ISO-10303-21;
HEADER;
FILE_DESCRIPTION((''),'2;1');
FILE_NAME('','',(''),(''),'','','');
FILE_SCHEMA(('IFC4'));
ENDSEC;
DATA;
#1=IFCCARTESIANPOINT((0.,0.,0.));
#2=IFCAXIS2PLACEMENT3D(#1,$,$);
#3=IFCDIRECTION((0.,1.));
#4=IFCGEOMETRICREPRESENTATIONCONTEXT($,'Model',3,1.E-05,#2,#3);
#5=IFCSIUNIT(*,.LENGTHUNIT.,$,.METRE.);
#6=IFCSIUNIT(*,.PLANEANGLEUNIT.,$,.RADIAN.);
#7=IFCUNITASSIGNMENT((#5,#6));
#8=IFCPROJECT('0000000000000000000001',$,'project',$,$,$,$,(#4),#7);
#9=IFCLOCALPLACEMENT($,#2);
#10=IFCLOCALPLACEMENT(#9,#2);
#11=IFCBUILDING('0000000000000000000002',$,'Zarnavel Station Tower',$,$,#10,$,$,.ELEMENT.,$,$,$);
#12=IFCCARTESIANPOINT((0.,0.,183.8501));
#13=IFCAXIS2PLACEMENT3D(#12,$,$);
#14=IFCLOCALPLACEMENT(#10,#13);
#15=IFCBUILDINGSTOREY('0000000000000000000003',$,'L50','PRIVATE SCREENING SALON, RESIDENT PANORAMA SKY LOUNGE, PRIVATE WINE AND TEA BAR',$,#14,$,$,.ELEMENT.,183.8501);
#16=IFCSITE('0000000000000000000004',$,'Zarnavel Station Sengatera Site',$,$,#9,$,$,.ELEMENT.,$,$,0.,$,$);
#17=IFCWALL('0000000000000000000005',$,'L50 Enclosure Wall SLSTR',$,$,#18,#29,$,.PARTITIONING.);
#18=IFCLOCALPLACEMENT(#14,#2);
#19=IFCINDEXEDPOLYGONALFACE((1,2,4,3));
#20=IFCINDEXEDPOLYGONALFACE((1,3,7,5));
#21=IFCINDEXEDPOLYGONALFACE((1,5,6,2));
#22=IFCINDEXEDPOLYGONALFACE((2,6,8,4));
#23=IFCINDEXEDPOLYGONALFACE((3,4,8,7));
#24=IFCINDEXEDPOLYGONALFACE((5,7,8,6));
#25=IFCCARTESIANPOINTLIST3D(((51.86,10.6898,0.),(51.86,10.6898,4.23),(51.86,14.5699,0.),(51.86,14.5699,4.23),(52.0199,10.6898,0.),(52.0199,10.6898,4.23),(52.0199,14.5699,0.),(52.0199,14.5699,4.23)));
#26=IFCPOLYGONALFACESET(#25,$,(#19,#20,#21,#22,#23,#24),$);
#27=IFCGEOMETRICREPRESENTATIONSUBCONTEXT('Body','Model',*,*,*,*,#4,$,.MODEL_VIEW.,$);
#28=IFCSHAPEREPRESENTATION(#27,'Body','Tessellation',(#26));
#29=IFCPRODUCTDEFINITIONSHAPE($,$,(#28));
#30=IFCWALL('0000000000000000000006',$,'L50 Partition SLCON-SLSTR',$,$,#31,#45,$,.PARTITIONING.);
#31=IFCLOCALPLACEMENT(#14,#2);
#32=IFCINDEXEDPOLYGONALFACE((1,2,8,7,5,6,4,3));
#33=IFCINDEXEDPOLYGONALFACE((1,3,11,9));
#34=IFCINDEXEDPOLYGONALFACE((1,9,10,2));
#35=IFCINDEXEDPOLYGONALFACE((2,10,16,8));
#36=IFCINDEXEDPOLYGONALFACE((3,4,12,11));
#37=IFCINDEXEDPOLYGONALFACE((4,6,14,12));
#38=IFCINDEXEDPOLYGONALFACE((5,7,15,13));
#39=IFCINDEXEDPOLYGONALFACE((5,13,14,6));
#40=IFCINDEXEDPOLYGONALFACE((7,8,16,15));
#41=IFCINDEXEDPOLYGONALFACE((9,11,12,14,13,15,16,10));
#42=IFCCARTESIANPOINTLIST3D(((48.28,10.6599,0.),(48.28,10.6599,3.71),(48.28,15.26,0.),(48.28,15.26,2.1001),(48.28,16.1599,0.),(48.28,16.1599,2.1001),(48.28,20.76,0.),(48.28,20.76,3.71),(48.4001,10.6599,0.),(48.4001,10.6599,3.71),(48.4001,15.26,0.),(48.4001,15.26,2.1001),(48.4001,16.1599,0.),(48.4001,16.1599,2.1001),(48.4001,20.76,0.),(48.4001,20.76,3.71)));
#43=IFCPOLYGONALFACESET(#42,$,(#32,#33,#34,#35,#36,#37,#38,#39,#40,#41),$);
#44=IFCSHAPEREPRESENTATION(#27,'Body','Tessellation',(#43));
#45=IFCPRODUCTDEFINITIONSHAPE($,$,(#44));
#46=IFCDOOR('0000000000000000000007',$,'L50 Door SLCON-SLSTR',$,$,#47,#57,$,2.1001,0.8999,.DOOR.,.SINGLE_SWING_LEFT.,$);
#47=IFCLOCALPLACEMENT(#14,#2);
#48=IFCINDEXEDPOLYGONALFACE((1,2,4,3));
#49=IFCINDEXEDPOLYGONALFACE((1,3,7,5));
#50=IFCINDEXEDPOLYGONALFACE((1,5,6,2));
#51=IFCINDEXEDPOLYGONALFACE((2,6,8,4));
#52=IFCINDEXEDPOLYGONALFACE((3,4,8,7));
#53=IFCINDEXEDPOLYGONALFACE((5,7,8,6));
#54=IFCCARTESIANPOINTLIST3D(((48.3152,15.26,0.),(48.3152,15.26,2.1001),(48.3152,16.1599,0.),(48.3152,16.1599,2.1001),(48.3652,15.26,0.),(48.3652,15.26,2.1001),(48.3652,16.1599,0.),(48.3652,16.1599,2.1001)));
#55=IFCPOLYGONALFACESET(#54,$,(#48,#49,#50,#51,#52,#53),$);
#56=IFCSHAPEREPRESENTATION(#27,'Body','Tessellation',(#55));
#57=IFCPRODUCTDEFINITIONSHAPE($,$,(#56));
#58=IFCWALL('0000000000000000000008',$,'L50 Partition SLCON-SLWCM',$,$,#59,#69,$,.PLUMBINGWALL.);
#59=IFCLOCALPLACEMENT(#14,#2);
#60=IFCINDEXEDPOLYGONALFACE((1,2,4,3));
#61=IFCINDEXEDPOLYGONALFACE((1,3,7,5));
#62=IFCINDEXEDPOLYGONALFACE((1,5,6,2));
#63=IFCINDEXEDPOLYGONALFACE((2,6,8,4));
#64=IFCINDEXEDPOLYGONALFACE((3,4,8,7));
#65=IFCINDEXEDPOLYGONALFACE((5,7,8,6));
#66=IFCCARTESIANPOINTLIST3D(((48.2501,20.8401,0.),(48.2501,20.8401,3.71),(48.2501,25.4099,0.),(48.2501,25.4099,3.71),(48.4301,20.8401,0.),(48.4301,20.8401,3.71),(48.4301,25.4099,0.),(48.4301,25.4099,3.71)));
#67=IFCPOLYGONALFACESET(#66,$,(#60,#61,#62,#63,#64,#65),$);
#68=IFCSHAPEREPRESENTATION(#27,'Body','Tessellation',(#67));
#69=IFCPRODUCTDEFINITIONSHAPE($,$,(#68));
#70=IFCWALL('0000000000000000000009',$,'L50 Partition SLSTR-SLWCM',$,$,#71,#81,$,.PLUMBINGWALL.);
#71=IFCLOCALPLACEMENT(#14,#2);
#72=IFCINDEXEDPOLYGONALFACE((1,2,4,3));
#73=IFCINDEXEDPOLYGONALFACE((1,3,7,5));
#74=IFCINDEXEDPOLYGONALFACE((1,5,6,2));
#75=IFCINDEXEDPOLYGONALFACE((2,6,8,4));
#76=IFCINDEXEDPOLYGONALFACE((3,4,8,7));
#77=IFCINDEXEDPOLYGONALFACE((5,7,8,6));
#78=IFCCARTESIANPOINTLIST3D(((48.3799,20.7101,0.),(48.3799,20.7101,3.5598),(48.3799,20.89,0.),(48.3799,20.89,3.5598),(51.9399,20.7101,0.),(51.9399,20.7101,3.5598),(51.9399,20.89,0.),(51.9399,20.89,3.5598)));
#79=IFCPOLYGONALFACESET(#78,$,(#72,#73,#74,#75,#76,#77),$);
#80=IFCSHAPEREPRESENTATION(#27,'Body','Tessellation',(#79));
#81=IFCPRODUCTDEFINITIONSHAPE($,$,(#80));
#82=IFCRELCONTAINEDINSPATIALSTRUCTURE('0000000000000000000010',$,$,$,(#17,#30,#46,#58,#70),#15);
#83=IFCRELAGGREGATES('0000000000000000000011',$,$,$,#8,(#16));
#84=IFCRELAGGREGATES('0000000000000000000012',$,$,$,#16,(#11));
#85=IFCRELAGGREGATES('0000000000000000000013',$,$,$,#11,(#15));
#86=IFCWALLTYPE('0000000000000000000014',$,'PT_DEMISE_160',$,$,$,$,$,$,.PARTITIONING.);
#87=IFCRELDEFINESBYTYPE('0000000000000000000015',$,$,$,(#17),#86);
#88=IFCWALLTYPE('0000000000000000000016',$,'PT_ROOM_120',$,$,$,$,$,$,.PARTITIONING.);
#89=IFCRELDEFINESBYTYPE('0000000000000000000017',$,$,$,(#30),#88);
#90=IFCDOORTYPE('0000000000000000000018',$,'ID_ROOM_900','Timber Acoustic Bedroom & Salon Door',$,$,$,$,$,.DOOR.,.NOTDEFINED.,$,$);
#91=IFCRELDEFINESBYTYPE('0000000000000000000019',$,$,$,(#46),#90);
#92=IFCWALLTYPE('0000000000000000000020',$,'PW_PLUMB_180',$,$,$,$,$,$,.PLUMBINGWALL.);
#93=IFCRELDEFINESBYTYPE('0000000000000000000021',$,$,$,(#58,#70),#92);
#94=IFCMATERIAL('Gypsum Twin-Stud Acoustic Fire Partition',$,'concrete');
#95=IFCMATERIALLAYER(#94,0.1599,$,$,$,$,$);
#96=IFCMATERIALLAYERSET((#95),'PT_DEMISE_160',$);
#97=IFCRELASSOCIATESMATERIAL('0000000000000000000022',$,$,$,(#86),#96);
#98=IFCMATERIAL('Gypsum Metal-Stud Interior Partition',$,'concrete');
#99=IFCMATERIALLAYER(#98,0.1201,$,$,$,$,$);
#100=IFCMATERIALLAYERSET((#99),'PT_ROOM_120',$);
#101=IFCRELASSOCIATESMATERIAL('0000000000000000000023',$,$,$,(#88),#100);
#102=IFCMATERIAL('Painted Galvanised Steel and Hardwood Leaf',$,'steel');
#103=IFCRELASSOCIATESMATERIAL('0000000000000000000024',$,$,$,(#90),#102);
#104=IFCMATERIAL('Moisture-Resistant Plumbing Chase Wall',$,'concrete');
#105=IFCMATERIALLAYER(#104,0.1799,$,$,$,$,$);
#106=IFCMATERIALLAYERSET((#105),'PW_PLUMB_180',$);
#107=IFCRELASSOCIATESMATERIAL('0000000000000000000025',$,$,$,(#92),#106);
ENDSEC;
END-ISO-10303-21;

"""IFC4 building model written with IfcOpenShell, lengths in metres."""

from ifc_helpers import new_model, si_unit, direction, frame, frame_2d, origin, place, context, subcontext, project, spatial, rectangle, extrude, material, layer, layer_set, type_object, element, fill, save


model = new_model("IFC4")

# Units and contexts
model_context = context("Model", 3, precision=1e-05, world=origin(), true_north=direction((0.0, 1.0)))
body_context = subcontext(model_context, "Body", "Model", "MODEL_VIEW")
ifc_project = project(units=[si_unit("LENGTHUNIT", "METRE"), si_unit("PLANEANGLEUNIT", "RADIAN")], contexts=[model_context])

# Site, building, storey
site_placement = place(None, origin())
site = spatial("IfcSite", under=ifc_project, at=site_placement, Name="Zarnavel Station Sengatera Site", CompositionType="ELEMENT", RefElevation=0.0)
building_placement = place(site_placement, origin())
building = spatial("IfcBuilding", under=site, at=building_placement, Name="Zarnavel Station Tower", CompositionType="ELEMENT")
storey_placement = place(building_placement, frame((0.0, 0.0, 183.8501)))
storey = spatial("IfcBuildingStorey", under=building, at=storey_placement, Name="L50", Description="PRIVATE SCREENING SALON, RESIDENT PANORAMA SKY LOUNGE, PRIVATE WINE AND TEA BAR", CompositionType="ELEMENT", Elevation=183.8501)

# Wall
ifc_material_1 = material(Name="Gypsum Twin-Stud Acoustic Fire Partition", Category="concrete")
ifc_layer_1 = layer(ifc_material_1, 0.1599)
ifc_layer_set_1 = layer_set([ifc_layer_1], Name="PT_DEMISE_160")
wall_type_1 = type_object("IfcWallType", Name="PT_DEMISE_160", PredefinedType="PARTITIONING", material=ifc_layer_set_1)
wall_1_placement = place(storey_placement, frame((51.9399, 10.6899, 0.0), z_axis=(0.0, 0.0, 1.0), x_axis=(0.0, 1.0, 0.0)))
element("IfcWall", 1, at=wall_1_placement, inside=storey, type_object=wall_type_1, Name="L50 Enclosure Wall SLSTR", PredefinedType="PARTITIONING", context=body_context, shape_type="SweptSolid", body=[
    extrude(rectangle(XDim=3.8801, YDim=0.1599, at=frame_2d((1.9399, 0.0))), origin(), (0.0, 0.0, 1.0), 4.23),
])

# Wall, opening, door
ifc_material_2 = material(Name="Gypsum Metal-Stud Interior Partition", Category="concrete")
ifc_layer_2 = layer(ifc_material_2, 0.1201)
ifc_layer_set_2 = layer_set([ifc_layer_2], Name="PT_ROOM_120")
wall_type_2 = type_object("IfcWallType", Name="PT_ROOM_120", PredefinedType="PARTITIONING", material=ifc_layer_set_2)
wall_2_placement = place(storey_placement, frame((48.3401, 10.6599, 0.0), z_axis=(0.0, 0.0, 1.0), x_axis=(0.0, 1.0, 0.0)))
wall_2 = element("IfcWall", 2, at=wall_2_placement, inside=storey, type_object=wall_type_2, Name="L50 Partition SLCON-SLSTR", PredefinedType="PARTITIONING", context=body_context, shape_type="SweptSolid", body=[
    extrude(rectangle(XDim=10.1001, YDim=0.1201, at=frame_2d((5.05, 0.0))), origin(), (0.0, 0.0, 1.0), 3.71),
])
opening_1_placement = place(wall_2_placement, frame((4.6001, 0.0, 0.0)))
opening_1 = element("IfcOpeningElement", 3, at=opening_1_placement, cuts=wall_2, PredefinedType="OPENING", context=body_context, shape_type="SweptSolid", body=[
    extrude(rectangle(XDim=0.8999, YDim=2.1001, at=frame_2d((0.45, 1.05))), frame((0.0, 0.0701, 0.0), z_axis=(0.0, -1.0, 0.0), x_axis=(1.0, 0.0, 0.0)), (0.0, 0.0, 1.0), 0.1401),
])
ifc_material_3 = material(Name="Painted Galvanised Steel and Hardwood Leaf", Category="steel")
door_type = type_object("IfcDoorType", Name="ID_ROOM_900", Description="Timber Acoustic Bedroom & Salon Door", OperationType="NOTDEFINED", PredefinedType="DOOR", material=ifc_material_3)
door_placement = place(opening_1_placement, origin())
door = element("IfcDoor", 4, at=door_placement, inside=storey, type_object=door_type, Name="L50 Door SLCON-SLSTR", OperationType="SINGLE_SWING_LEFT", OverallHeight=2.1001, OverallWidth=0.8999, PredefinedType="DOOR", context=body_context, shape_type="SweptSolid", body=[
    extrude(rectangle(XDim=0.8999, YDim=2.1001, at=frame_2d((0.45, 1.05))), frame((0.0, 0.0249, 0.0), z_axis=(0.0, -1.0, 0.0), x_axis=(1.0, 0.0, 0.0)), (0.0, 0.0, 1.0), 0.05),
])
fill(opening_1, door)

# Walls
ifc_material_4 = material(Name="Moisture-Resistant Plumbing Chase Wall", Category="concrete")
ifc_layer_3 = layer(ifc_material_4, 0.1799)
ifc_layer_set_3 = layer_set([ifc_layer_3], Name="PW_PLUMB_180")
wall_type_3 = type_object("IfcWallType", Name="PW_PLUMB_180", PredefinedType="PLUMBINGWALL", material=ifc_layer_set_3)
wall_3_placement = place(storey_placement, frame((48.3401, 20.8401, 0.0), z_axis=(0.0, 0.0, 1.0), x_axis=(0.0, 1.0, 0.0)))
element("IfcWall", 5, at=wall_3_placement, inside=storey, type_object=wall_type_3, Name="L50 Partition SLCON-SLWCM", PredefinedType="PLUMBINGWALL", context=body_context, shape_type="SweptSolid", body=[
    extrude(rectangle(XDim=4.5698, YDim=0.1799, at=frame_2d((2.2849, 0.0))), origin(), (0.0, 0.0, 1.0), 3.71),
])
wall_4_placement = place(storey_placement, frame((48.3799, 20.8, 0.0), z_axis=(0.0, 0.0, 1.0), x_axis=(1.0, 0.0, 0.0)))
element("IfcWall", 6, at=wall_4_placement, inside=storey, type_object=wall_type_3, Name="L50 Partition SLSTR-SLWCM", PredefinedType="PLUMBINGWALL", context=body_context, shape_type="SweptSolid", body=[
    extrude(rectangle(XDim=3.5601, YDim=0.1799, at=frame_2d((1.78, 0.0))), origin(), (0.0, 0.0, 1.0), 3.5598),
])

save(model, "model.ifc")
